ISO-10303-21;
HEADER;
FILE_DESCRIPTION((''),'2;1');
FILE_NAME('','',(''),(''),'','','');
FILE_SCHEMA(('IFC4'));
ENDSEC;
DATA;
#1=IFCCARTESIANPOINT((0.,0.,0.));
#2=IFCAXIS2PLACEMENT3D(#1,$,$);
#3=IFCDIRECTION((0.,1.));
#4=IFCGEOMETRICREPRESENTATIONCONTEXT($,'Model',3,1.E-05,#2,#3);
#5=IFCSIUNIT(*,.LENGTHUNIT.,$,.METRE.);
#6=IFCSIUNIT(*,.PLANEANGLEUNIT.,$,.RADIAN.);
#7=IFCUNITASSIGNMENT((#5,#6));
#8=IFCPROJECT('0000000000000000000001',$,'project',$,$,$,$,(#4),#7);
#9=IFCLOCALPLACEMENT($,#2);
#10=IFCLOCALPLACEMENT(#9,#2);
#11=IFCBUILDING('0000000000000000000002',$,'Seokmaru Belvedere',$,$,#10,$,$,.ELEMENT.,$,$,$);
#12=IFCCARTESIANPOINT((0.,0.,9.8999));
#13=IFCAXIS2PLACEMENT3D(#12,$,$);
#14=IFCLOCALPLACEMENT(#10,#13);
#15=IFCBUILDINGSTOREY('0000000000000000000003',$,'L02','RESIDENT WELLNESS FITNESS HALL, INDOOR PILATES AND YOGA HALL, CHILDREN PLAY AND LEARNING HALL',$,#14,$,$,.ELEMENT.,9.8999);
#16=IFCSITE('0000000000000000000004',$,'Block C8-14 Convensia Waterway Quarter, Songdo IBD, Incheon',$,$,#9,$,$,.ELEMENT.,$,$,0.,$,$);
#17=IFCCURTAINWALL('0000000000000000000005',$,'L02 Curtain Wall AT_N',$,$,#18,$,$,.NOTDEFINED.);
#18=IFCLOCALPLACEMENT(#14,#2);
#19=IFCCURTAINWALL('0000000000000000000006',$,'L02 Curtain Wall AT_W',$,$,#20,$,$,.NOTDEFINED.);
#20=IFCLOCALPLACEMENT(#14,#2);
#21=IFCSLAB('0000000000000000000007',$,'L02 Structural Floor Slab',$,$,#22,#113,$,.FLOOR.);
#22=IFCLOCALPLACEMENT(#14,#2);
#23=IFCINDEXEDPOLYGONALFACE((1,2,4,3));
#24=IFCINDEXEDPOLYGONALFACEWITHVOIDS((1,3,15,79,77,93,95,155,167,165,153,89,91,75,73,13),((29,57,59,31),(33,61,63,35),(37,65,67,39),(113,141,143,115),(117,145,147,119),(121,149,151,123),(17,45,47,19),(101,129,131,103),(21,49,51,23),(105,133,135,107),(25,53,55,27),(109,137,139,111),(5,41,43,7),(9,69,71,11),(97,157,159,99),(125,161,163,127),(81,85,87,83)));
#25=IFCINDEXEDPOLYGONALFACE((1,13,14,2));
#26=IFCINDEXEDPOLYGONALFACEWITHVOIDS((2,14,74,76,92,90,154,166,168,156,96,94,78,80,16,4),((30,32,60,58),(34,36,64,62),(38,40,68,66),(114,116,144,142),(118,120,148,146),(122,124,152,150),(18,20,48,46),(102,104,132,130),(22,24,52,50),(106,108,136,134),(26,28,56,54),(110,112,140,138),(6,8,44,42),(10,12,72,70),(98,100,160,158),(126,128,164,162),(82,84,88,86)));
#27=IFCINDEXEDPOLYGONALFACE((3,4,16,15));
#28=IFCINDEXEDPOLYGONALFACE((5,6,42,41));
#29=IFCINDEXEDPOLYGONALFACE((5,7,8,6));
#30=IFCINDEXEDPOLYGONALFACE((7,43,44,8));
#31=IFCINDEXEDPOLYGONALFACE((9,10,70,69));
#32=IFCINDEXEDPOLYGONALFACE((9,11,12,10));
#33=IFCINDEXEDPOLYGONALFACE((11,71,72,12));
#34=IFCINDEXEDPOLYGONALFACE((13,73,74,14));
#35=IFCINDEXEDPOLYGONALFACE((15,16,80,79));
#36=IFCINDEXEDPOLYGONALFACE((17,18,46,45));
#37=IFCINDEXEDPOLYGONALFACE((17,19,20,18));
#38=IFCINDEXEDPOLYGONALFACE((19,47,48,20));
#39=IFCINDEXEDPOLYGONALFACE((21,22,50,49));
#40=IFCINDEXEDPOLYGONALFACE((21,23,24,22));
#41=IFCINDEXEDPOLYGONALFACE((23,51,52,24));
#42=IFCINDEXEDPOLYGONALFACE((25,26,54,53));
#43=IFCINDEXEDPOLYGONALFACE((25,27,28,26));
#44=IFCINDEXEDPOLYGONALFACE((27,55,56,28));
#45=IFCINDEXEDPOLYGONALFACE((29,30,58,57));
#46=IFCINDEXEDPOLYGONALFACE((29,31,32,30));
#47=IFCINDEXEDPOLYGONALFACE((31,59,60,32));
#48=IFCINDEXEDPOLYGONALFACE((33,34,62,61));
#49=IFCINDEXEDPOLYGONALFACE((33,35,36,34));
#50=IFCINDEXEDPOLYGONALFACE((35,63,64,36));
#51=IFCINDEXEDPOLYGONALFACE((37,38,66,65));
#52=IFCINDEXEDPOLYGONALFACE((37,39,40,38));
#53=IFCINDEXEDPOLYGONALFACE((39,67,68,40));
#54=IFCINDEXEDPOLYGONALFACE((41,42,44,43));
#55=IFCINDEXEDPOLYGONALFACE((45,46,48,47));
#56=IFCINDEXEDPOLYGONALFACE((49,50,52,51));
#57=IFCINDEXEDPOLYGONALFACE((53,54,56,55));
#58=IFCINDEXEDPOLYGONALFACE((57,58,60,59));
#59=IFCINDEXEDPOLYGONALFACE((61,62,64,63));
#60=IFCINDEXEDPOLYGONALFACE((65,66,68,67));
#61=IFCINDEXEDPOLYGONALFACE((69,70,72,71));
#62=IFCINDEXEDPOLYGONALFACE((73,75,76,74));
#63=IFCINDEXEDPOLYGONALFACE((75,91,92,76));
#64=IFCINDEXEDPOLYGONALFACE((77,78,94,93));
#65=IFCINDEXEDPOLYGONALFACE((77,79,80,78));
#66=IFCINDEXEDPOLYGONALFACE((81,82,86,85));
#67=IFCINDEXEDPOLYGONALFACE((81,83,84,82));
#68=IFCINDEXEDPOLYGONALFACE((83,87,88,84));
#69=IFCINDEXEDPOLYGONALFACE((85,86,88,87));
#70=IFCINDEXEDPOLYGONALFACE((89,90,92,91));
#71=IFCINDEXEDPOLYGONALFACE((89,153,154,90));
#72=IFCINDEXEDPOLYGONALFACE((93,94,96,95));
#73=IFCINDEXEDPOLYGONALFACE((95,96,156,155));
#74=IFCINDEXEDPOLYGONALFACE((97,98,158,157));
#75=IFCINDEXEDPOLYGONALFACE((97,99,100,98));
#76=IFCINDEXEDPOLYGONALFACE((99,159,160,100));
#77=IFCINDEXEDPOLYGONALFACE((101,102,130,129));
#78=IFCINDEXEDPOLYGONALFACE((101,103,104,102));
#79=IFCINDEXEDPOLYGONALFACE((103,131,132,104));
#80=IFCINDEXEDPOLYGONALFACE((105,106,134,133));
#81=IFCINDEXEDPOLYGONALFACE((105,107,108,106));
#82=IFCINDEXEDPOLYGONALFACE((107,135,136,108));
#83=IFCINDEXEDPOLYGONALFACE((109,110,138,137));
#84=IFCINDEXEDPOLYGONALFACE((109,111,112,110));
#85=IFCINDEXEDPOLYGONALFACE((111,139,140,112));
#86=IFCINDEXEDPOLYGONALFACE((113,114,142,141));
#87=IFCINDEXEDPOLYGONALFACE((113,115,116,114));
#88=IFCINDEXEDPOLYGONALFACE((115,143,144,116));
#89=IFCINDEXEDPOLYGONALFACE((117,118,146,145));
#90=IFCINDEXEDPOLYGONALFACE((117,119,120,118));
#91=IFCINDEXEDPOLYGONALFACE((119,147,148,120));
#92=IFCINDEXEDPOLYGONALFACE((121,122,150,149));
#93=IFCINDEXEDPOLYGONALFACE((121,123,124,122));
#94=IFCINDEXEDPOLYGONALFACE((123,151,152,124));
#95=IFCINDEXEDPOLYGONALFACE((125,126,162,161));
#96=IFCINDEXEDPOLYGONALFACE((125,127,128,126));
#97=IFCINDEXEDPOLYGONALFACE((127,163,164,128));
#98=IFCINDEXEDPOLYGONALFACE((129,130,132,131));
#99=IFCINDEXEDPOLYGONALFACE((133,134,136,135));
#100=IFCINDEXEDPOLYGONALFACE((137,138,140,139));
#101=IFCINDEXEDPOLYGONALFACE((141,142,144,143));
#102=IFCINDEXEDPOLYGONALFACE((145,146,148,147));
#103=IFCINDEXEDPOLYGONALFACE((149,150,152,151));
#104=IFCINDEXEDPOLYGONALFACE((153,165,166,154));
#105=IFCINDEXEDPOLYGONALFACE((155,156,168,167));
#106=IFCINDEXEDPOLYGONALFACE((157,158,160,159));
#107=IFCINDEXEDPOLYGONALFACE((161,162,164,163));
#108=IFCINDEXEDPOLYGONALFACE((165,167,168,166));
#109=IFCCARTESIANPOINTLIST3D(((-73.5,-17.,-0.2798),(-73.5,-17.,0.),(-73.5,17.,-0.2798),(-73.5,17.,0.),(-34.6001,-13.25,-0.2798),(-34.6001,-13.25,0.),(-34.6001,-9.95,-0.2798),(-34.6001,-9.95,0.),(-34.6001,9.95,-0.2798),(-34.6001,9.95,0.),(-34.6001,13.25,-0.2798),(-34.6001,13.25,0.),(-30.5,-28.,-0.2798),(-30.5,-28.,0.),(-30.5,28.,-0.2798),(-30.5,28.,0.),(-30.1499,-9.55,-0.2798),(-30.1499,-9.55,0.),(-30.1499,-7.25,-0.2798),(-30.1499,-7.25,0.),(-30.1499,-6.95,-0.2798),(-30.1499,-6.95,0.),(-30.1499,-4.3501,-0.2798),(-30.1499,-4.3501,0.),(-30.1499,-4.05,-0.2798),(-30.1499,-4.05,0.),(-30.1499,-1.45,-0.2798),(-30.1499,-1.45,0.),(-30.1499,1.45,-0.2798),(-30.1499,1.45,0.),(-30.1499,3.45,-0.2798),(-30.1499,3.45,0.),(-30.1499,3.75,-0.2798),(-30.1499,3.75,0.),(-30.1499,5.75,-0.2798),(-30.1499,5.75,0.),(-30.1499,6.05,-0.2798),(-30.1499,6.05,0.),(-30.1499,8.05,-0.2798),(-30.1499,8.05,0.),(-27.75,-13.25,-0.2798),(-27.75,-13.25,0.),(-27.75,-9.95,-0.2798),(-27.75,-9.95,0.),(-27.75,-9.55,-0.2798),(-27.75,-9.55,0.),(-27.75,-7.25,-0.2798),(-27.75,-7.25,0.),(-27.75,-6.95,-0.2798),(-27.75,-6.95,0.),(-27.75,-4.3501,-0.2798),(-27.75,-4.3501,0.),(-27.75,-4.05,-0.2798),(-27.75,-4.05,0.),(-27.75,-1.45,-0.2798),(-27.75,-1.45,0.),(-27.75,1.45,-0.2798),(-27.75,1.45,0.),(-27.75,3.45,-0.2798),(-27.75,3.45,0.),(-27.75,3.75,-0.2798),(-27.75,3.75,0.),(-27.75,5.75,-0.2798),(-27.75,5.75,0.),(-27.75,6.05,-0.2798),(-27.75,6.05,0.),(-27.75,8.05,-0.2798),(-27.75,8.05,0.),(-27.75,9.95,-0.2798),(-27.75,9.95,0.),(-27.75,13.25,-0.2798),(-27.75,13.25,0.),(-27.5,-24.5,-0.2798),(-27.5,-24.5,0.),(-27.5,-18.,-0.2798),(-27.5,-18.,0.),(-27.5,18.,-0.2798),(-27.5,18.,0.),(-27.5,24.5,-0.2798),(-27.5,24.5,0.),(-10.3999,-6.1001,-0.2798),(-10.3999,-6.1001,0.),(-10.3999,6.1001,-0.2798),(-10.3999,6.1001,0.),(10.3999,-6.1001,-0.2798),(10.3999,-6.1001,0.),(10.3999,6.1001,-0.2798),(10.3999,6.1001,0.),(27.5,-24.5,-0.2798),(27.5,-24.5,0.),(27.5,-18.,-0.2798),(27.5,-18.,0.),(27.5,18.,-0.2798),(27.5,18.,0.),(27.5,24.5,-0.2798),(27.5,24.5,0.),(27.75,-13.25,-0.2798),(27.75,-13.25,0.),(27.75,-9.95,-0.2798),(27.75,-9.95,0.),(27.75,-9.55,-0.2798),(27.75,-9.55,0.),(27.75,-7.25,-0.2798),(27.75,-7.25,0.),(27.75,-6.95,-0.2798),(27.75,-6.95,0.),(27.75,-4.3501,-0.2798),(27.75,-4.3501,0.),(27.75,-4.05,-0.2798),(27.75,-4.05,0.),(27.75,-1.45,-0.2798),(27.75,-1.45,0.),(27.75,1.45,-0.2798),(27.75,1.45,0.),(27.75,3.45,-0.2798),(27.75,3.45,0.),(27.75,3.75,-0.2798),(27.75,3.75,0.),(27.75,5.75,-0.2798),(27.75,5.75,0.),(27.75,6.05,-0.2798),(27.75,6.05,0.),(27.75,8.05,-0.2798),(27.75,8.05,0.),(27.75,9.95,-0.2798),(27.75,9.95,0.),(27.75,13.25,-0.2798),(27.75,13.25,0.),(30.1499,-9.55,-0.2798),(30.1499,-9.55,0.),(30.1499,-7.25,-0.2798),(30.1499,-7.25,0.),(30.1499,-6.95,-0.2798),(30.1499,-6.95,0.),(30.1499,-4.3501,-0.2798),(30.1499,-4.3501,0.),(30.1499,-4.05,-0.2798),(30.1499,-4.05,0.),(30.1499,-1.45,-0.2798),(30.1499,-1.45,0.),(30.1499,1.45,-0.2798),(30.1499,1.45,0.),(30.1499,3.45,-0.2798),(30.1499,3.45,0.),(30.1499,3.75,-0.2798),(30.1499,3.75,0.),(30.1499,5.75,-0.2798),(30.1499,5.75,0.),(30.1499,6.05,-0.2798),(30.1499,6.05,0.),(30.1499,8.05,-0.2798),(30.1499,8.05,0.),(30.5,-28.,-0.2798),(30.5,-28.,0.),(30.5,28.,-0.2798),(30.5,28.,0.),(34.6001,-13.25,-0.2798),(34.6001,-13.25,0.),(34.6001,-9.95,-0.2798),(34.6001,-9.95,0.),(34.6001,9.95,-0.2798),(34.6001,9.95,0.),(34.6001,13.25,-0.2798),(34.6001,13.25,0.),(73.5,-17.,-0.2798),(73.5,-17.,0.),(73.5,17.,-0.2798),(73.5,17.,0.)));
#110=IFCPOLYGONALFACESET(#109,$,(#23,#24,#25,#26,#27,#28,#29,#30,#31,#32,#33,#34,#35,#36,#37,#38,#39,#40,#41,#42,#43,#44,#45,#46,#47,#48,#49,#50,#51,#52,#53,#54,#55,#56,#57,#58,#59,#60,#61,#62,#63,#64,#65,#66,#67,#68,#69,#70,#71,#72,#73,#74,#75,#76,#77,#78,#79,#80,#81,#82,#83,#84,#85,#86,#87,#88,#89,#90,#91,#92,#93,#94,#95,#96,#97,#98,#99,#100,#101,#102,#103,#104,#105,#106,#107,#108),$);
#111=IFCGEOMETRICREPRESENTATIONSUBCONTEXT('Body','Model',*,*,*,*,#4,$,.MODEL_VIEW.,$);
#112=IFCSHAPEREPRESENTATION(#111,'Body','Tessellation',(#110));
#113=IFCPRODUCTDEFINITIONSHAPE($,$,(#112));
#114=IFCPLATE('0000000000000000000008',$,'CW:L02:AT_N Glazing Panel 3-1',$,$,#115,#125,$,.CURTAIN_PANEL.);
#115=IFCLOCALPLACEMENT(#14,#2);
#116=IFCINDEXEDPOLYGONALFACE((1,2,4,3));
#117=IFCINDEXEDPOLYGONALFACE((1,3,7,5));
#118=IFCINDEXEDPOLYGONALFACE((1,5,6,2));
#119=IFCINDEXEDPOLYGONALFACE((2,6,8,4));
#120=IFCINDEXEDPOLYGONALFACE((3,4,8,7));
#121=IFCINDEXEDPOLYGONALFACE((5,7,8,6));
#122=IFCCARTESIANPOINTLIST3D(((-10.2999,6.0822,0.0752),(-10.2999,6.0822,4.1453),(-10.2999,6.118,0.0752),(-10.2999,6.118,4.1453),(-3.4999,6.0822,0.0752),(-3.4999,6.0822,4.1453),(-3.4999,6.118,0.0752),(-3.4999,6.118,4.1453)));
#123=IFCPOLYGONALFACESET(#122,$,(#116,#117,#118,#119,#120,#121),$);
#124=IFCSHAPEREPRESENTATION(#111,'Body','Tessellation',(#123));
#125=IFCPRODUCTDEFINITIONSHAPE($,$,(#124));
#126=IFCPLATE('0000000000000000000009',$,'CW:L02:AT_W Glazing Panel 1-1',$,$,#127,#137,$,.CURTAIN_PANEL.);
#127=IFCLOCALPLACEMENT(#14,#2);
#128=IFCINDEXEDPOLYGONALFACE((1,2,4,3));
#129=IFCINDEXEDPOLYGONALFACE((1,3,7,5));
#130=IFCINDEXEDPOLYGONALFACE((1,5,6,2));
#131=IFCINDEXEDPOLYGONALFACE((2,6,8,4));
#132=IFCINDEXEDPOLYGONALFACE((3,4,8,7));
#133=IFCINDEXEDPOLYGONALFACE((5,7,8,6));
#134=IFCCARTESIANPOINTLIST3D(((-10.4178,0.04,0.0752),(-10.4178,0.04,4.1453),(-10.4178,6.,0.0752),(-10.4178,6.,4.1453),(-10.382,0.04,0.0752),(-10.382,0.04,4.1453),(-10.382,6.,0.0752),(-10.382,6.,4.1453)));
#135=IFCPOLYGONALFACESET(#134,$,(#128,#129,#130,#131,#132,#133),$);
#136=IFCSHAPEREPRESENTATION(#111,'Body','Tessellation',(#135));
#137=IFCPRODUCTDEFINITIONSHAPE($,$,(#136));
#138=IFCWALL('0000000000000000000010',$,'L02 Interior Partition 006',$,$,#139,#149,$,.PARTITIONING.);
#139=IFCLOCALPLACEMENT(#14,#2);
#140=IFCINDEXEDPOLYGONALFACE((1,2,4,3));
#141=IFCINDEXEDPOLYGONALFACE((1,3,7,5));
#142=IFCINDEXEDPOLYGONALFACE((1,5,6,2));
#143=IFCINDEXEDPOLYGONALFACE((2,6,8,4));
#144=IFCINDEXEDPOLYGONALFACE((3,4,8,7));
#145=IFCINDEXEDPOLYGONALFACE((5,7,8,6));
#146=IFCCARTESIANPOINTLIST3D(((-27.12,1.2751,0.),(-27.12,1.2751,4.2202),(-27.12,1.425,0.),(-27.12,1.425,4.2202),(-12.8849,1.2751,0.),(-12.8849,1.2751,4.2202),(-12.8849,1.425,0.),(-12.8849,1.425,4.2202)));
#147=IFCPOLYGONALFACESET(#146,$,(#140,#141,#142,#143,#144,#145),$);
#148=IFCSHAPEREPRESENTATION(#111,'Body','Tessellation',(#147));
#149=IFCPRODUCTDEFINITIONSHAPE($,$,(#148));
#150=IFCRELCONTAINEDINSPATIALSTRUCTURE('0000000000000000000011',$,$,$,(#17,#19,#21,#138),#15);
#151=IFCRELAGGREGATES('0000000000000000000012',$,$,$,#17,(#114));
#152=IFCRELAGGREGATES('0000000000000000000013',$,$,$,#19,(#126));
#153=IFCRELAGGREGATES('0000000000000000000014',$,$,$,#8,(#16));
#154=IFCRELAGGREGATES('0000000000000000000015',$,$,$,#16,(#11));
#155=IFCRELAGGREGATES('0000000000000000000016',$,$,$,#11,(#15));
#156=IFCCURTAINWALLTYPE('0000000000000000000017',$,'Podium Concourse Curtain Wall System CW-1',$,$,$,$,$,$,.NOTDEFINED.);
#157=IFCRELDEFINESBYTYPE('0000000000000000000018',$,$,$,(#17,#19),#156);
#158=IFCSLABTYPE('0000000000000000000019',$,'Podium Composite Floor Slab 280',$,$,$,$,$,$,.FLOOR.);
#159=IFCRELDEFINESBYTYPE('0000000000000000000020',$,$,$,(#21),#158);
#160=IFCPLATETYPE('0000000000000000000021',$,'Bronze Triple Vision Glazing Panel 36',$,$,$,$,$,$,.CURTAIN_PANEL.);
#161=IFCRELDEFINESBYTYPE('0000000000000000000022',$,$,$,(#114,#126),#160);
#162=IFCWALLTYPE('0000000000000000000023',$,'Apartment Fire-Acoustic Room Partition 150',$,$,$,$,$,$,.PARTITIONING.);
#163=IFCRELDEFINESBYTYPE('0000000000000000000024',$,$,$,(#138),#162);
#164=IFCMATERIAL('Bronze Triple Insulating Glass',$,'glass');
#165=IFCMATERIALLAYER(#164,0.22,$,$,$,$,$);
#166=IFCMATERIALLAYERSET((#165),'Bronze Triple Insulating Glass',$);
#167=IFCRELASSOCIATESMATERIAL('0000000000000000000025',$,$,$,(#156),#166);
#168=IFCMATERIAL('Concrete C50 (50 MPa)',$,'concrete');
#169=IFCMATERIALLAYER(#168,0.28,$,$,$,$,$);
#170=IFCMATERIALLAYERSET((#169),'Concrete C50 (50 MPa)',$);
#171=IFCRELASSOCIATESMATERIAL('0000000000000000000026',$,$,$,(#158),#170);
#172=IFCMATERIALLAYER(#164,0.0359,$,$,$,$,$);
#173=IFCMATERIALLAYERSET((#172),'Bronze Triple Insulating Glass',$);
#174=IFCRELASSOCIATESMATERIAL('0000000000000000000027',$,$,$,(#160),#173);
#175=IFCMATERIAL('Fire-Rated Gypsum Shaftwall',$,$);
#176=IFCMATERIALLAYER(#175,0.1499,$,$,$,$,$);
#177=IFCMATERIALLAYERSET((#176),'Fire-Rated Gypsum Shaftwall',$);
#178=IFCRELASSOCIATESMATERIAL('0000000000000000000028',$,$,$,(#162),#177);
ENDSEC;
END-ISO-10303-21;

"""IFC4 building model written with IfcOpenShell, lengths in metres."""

from ifc_helpers import new_model, si_unit, direction, frame, frame_2d, origin, origin_2d, place, context, subcontext, project, spatial, polyline, rectangle, outline, extrude, source, transform, mapped, material, layer, layer_set, type_object, type_shapes, element, aggregate, save


model = new_model("IFC4")

# Units and contexts
model_context = context("Model", 3, precision=1e-05, world=origin(), true_north=direction((0.0, 1.0)))
body_context = subcontext(model_context, "Body", "Model", "MODEL_VIEW")
ifc_project = project(units=[si_unit("LENGTHUNIT", "METRE"), si_unit("PLANEANGLEUNIT", "RADIAN")], contexts=[model_context])

# Site, building, storey
site_placement = place(None, origin())
site = spatial("IfcSite", under=ifc_project, at=site_placement, Name="Block C8-14 Convensia Waterway Quarter, Songdo IBD, Incheon", CompositionType="ELEMENT", RefElevation=0.0)
building_placement = place(site_placement, origin())
building = spatial("IfcBuilding", under=site, at=building_placement, Name="Seokmaru Belvedere", CompositionType="ELEMENT")
storey_placement = place(building_placement, frame((0.0, 0.0, 9.8999)))
storey = spatial("IfcBuildingStorey", under=building, at=storey_placement, Name="L02", Description="RESIDENT WELLNESS FITNESS HALL, INDOOR PILATES AND YOGA HALL, CHILDREN PLAY AND LEARNING HALL", CompositionType="ELEMENT", Elevation=9.8999)

# Curtain walls
ifc_material_1 = material(Name="Bronze Triple Insulating Glass", Category="glass")
ifc_layer_1 = layer(ifc_material_1, 0.22)
ifc_layer_set_1 = layer_set([ifc_layer_1], Name="Bronze Triple Insulating Glass")
curtain_wall_type = type_object("IfcCurtainWallType", Name="Podium Concourse Curtain Wall System CW-1", PredefinedType="NOTDEFINED", material=ifc_layer_set_1)
curtain_wall_1_placement = place(storey_placement, origin())
curtain_wall_1 = element("IfcCurtainWall", 1, at=curtain_wall_1_placement, inside=storey, type_object=curtain_wall_type, Name="L02 Curtain Wall AT_N", PredefinedType="NOTDEFINED")
curtain_wall_2_placement = place(storey_placement, origin())
curtain_wall_2 = element("IfcCurtainWall", 2, at=curtain_wall_2_placement, inside=storey, type_object=curtain_wall_type, Name="L02 Curtain Wall AT_W", PredefinedType="NOTDEFINED")

# Slab
ifc_material_2 = material(Name="Concrete C50 (50 MPa)", Category="concrete")
ifc_layer_2 = layer(ifc_material_2, 0.28)
ifc_layer_set_2 = layer_set([ifc_layer_2], Name="Concrete C50 (50 MPa)")
slab_type_1 = type_object("IfcSlabType", Name="Podium Composite Floor Slab 280", PredefinedType="FLOOR", material=ifc_layer_set_2)
slab_1_placement = place(storey_placement, frame((0.0, 0.0, -0.2798)))
element("IfcSlab", 3, at=slab_1_placement, inside=storey, type_object=slab_type_1, Name="L02 Structural Floor Slab", PredefinedType="FLOOR", context=body_context, shape_type="SweptSolid", body=[
    extrude(outline(polyline([(-73.5, -17.0), (-30.5, -28.0), (-27.5, -24.5), (-27.5, -18.0), (27.5, -18.0), (27.5, -24.5), (30.5, -28.0), (73.5, -17.0), (73.5, 17.0), (30.5, 28.0), (27.5, 24.5), (27.5, 18.0), (-27.5, 18.0), (-27.5, 24.5), (-30.5, 28.0), (-73.5, 17.0), (-73.5, -17.0)]), holes=[polyline([(-34.6001, -13.25), (-27.75, -13.25), (-27.75, -9.95), (-34.6001, -9.95), (-34.6001, -13.25)]), polyline([(-34.6001, 9.95), (-27.75, 9.95), (-27.75, 13.25), (-34.6001, 13.25), (-34.6001, 9.95)]), polyline([(27.75, -13.25), (34.6001, -13.25), (34.6001, -9.95), (27.75, -9.95), (27.75, -13.25)]), polyline([(27.75, 9.95), (34.6001, 9.95), (34.6001, 13.25), (27.75, 13.25), (27.75, 9.95)]), polyline([(-30.1499, -9.55), (-27.75, -9.55), (-27.75, -7.25), (-30.1499, -7.25), (-30.1499, -9.55)]), polyline([(-30.1499, -6.95), (-27.75, -6.95), (-27.75, -4.3501), (-30.1499, -4.3501), (-30.1499, -6.95)]), polyline([(-30.1499, -4.05), (-27.75, -4.05), (-27.75, -1.45), (-30.1499, -1.45), (-30.1499, -4.05)]), polyline([(-30.1499, 1.45), (-27.75, 1.45), (-27.75, 3.45), (-30.1499, 3.45), (-30.1499, 1.45)]), polyline([(-30.1499, 3.75), (-27.75, 3.75), (-27.75, 5.75), (-30.1499, 5.75), (-30.1499, 3.75)]), polyline([(-30.1499, 6.05), (-27.75, 6.05), (-27.75, 8.05), (-30.1499, 8.05), (-30.1499, 6.05)]), polyline([(27.75, -9.55), (30.1499, -9.55), (30.1499, -7.25), (27.75, -7.25), (27.75, -9.55)]), polyline([(27.75, -6.95), (30.1499, -6.95), (30.1499, -4.3501), (27.75, -4.3501), (27.75, -6.95)]), polyline([(27.75, -4.05), (30.1499, -4.05), (30.1499, -1.45), (27.75, -1.45), (27.75, -4.05)]), polyline([(27.75, 1.45), (30.1499, 1.45), (30.1499, 3.45), (27.75, 3.45), (27.75, 1.45)]), polyline([(27.75, 3.75), (30.1499, 3.75), (30.1499, 5.75), (27.75, 5.75), (27.75, 3.75)]), polyline([(27.75, 6.05), (30.1499, 6.05), (30.1499, 8.05), (27.75, 8.05), (27.75, 6.05)]), polyline([(-10.3999, -6.1001), (10.3999, -6.1001), (10.3999, 6.1001), (-10.3999, 6.1001), (-10.3999, -6.1001)])]), origin(), (0.0, 0.0, 1.0), 0.2798),
])

# Plates
ifc_layer_3 = layer(ifc_material_1, 0.0359)
ifc_layer_set_3 = layer_set([ifc_layer_3], Name="Bronze Triple Insulating Glass")
plate_type = type_object("IfcPlateType", Name="Bronze Triple Vision Glazing Panel 36", PredefinedType="CURTAIN_PANEL", material=ifc_layer_set_3)
shared_shape_1 = source(origin(), body_context, "Body", "SweptSolid", [
    extrude(rectangle(XDim=6.8, YDim=0.0359, at=origin_2d()), origin(), (0.0, 0.0, 1.0), 4.0701),
])
plate_1_placement = place(storey_placement, frame((-6.8999, 6.1001, 0.0752), z_axis=(0.0, 0.0, 1.0), x_axis=(-1.0, 0.0, 0.0)))
plate_1 = element("IfcPlate", 4, at=plate_1_placement, type_object=plate_type, Name="CW:L02:AT_N Glazing Panel 3-1", PredefinedType="CURTAIN_PANEL", context=body_context, shape_type="MappedRepresentation", body=[
    mapped(shared_shape_1, transform((0.0, 0.0, 0.0), scale=1.0)),
])
aggregate(curtain_wall_1, [plate_1])
shared_shape_2 = source(origin(), body_context, "Body", "SweptSolid", [
    extrude(rectangle(XDim=5.96, YDim=0.0359, at=origin_2d()), origin(), (0.0, 0.0, 1.0), 4.0701),
])
type_shapes(plate_type, [shared_shape_1, shared_shape_2])
plate_2_placement = place(storey_placement, frame((-10.3999, 3.02, 0.0752), z_axis=(0.0, 0.0, 1.0), x_axis=(0.0, -1.0, 0.0)))
plate_2 = element("IfcPlate", 5, at=plate_2_placement, type_object=plate_type, Name="CW:L02:AT_W Glazing Panel 1-1", PredefinedType="CURTAIN_PANEL", context=body_context, shape_type="MappedRepresentation", body=[
    mapped(shared_shape_2, transform((0.0, 0.0, 0.0), scale=1.0)),
])
aggregate(curtain_wall_2, [plate_2])

# Wall
ifc_material_3 = material(Name="Fire-Rated Gypsum Shaftwall")
ifc_layer_4 = layer(ifc_material_3, 0.1499)
ifc_layer_set_4 = layer_set([ifc_layer_4], Name="Fire-Rated Gypsum Shaftwall")
wall_type_1 = type_object("IfcWallType", Name="Apartment Fire-Acoustic Room Partition 150", PredefinedType="PARTITIONING", material=ifc_layer_set_4)
wall_1_placement = place(storey_placement, frame((-27.1201, 1.3501, 0.0), z_axis=(0.0, 0.0, 1.0), x_axis=(1.0, 0.0, 0.0)))
element("IfcWall", 6, at=wall_1_placement, inside=storey, type_object=wall_type_1, Name="L02 Interior Partition 006", PredefinedType="PARTITIONING", context=body_context, shape_type="SweptSolid", body=[
    extrude(rectangle(XDim=14.2351, YDim=0.1499, at=frame_2d((7.1177, 0.0))), origin(), (0.0, 0.0, 1.0), 4.2202),
])

save(model, "model.ifc")
